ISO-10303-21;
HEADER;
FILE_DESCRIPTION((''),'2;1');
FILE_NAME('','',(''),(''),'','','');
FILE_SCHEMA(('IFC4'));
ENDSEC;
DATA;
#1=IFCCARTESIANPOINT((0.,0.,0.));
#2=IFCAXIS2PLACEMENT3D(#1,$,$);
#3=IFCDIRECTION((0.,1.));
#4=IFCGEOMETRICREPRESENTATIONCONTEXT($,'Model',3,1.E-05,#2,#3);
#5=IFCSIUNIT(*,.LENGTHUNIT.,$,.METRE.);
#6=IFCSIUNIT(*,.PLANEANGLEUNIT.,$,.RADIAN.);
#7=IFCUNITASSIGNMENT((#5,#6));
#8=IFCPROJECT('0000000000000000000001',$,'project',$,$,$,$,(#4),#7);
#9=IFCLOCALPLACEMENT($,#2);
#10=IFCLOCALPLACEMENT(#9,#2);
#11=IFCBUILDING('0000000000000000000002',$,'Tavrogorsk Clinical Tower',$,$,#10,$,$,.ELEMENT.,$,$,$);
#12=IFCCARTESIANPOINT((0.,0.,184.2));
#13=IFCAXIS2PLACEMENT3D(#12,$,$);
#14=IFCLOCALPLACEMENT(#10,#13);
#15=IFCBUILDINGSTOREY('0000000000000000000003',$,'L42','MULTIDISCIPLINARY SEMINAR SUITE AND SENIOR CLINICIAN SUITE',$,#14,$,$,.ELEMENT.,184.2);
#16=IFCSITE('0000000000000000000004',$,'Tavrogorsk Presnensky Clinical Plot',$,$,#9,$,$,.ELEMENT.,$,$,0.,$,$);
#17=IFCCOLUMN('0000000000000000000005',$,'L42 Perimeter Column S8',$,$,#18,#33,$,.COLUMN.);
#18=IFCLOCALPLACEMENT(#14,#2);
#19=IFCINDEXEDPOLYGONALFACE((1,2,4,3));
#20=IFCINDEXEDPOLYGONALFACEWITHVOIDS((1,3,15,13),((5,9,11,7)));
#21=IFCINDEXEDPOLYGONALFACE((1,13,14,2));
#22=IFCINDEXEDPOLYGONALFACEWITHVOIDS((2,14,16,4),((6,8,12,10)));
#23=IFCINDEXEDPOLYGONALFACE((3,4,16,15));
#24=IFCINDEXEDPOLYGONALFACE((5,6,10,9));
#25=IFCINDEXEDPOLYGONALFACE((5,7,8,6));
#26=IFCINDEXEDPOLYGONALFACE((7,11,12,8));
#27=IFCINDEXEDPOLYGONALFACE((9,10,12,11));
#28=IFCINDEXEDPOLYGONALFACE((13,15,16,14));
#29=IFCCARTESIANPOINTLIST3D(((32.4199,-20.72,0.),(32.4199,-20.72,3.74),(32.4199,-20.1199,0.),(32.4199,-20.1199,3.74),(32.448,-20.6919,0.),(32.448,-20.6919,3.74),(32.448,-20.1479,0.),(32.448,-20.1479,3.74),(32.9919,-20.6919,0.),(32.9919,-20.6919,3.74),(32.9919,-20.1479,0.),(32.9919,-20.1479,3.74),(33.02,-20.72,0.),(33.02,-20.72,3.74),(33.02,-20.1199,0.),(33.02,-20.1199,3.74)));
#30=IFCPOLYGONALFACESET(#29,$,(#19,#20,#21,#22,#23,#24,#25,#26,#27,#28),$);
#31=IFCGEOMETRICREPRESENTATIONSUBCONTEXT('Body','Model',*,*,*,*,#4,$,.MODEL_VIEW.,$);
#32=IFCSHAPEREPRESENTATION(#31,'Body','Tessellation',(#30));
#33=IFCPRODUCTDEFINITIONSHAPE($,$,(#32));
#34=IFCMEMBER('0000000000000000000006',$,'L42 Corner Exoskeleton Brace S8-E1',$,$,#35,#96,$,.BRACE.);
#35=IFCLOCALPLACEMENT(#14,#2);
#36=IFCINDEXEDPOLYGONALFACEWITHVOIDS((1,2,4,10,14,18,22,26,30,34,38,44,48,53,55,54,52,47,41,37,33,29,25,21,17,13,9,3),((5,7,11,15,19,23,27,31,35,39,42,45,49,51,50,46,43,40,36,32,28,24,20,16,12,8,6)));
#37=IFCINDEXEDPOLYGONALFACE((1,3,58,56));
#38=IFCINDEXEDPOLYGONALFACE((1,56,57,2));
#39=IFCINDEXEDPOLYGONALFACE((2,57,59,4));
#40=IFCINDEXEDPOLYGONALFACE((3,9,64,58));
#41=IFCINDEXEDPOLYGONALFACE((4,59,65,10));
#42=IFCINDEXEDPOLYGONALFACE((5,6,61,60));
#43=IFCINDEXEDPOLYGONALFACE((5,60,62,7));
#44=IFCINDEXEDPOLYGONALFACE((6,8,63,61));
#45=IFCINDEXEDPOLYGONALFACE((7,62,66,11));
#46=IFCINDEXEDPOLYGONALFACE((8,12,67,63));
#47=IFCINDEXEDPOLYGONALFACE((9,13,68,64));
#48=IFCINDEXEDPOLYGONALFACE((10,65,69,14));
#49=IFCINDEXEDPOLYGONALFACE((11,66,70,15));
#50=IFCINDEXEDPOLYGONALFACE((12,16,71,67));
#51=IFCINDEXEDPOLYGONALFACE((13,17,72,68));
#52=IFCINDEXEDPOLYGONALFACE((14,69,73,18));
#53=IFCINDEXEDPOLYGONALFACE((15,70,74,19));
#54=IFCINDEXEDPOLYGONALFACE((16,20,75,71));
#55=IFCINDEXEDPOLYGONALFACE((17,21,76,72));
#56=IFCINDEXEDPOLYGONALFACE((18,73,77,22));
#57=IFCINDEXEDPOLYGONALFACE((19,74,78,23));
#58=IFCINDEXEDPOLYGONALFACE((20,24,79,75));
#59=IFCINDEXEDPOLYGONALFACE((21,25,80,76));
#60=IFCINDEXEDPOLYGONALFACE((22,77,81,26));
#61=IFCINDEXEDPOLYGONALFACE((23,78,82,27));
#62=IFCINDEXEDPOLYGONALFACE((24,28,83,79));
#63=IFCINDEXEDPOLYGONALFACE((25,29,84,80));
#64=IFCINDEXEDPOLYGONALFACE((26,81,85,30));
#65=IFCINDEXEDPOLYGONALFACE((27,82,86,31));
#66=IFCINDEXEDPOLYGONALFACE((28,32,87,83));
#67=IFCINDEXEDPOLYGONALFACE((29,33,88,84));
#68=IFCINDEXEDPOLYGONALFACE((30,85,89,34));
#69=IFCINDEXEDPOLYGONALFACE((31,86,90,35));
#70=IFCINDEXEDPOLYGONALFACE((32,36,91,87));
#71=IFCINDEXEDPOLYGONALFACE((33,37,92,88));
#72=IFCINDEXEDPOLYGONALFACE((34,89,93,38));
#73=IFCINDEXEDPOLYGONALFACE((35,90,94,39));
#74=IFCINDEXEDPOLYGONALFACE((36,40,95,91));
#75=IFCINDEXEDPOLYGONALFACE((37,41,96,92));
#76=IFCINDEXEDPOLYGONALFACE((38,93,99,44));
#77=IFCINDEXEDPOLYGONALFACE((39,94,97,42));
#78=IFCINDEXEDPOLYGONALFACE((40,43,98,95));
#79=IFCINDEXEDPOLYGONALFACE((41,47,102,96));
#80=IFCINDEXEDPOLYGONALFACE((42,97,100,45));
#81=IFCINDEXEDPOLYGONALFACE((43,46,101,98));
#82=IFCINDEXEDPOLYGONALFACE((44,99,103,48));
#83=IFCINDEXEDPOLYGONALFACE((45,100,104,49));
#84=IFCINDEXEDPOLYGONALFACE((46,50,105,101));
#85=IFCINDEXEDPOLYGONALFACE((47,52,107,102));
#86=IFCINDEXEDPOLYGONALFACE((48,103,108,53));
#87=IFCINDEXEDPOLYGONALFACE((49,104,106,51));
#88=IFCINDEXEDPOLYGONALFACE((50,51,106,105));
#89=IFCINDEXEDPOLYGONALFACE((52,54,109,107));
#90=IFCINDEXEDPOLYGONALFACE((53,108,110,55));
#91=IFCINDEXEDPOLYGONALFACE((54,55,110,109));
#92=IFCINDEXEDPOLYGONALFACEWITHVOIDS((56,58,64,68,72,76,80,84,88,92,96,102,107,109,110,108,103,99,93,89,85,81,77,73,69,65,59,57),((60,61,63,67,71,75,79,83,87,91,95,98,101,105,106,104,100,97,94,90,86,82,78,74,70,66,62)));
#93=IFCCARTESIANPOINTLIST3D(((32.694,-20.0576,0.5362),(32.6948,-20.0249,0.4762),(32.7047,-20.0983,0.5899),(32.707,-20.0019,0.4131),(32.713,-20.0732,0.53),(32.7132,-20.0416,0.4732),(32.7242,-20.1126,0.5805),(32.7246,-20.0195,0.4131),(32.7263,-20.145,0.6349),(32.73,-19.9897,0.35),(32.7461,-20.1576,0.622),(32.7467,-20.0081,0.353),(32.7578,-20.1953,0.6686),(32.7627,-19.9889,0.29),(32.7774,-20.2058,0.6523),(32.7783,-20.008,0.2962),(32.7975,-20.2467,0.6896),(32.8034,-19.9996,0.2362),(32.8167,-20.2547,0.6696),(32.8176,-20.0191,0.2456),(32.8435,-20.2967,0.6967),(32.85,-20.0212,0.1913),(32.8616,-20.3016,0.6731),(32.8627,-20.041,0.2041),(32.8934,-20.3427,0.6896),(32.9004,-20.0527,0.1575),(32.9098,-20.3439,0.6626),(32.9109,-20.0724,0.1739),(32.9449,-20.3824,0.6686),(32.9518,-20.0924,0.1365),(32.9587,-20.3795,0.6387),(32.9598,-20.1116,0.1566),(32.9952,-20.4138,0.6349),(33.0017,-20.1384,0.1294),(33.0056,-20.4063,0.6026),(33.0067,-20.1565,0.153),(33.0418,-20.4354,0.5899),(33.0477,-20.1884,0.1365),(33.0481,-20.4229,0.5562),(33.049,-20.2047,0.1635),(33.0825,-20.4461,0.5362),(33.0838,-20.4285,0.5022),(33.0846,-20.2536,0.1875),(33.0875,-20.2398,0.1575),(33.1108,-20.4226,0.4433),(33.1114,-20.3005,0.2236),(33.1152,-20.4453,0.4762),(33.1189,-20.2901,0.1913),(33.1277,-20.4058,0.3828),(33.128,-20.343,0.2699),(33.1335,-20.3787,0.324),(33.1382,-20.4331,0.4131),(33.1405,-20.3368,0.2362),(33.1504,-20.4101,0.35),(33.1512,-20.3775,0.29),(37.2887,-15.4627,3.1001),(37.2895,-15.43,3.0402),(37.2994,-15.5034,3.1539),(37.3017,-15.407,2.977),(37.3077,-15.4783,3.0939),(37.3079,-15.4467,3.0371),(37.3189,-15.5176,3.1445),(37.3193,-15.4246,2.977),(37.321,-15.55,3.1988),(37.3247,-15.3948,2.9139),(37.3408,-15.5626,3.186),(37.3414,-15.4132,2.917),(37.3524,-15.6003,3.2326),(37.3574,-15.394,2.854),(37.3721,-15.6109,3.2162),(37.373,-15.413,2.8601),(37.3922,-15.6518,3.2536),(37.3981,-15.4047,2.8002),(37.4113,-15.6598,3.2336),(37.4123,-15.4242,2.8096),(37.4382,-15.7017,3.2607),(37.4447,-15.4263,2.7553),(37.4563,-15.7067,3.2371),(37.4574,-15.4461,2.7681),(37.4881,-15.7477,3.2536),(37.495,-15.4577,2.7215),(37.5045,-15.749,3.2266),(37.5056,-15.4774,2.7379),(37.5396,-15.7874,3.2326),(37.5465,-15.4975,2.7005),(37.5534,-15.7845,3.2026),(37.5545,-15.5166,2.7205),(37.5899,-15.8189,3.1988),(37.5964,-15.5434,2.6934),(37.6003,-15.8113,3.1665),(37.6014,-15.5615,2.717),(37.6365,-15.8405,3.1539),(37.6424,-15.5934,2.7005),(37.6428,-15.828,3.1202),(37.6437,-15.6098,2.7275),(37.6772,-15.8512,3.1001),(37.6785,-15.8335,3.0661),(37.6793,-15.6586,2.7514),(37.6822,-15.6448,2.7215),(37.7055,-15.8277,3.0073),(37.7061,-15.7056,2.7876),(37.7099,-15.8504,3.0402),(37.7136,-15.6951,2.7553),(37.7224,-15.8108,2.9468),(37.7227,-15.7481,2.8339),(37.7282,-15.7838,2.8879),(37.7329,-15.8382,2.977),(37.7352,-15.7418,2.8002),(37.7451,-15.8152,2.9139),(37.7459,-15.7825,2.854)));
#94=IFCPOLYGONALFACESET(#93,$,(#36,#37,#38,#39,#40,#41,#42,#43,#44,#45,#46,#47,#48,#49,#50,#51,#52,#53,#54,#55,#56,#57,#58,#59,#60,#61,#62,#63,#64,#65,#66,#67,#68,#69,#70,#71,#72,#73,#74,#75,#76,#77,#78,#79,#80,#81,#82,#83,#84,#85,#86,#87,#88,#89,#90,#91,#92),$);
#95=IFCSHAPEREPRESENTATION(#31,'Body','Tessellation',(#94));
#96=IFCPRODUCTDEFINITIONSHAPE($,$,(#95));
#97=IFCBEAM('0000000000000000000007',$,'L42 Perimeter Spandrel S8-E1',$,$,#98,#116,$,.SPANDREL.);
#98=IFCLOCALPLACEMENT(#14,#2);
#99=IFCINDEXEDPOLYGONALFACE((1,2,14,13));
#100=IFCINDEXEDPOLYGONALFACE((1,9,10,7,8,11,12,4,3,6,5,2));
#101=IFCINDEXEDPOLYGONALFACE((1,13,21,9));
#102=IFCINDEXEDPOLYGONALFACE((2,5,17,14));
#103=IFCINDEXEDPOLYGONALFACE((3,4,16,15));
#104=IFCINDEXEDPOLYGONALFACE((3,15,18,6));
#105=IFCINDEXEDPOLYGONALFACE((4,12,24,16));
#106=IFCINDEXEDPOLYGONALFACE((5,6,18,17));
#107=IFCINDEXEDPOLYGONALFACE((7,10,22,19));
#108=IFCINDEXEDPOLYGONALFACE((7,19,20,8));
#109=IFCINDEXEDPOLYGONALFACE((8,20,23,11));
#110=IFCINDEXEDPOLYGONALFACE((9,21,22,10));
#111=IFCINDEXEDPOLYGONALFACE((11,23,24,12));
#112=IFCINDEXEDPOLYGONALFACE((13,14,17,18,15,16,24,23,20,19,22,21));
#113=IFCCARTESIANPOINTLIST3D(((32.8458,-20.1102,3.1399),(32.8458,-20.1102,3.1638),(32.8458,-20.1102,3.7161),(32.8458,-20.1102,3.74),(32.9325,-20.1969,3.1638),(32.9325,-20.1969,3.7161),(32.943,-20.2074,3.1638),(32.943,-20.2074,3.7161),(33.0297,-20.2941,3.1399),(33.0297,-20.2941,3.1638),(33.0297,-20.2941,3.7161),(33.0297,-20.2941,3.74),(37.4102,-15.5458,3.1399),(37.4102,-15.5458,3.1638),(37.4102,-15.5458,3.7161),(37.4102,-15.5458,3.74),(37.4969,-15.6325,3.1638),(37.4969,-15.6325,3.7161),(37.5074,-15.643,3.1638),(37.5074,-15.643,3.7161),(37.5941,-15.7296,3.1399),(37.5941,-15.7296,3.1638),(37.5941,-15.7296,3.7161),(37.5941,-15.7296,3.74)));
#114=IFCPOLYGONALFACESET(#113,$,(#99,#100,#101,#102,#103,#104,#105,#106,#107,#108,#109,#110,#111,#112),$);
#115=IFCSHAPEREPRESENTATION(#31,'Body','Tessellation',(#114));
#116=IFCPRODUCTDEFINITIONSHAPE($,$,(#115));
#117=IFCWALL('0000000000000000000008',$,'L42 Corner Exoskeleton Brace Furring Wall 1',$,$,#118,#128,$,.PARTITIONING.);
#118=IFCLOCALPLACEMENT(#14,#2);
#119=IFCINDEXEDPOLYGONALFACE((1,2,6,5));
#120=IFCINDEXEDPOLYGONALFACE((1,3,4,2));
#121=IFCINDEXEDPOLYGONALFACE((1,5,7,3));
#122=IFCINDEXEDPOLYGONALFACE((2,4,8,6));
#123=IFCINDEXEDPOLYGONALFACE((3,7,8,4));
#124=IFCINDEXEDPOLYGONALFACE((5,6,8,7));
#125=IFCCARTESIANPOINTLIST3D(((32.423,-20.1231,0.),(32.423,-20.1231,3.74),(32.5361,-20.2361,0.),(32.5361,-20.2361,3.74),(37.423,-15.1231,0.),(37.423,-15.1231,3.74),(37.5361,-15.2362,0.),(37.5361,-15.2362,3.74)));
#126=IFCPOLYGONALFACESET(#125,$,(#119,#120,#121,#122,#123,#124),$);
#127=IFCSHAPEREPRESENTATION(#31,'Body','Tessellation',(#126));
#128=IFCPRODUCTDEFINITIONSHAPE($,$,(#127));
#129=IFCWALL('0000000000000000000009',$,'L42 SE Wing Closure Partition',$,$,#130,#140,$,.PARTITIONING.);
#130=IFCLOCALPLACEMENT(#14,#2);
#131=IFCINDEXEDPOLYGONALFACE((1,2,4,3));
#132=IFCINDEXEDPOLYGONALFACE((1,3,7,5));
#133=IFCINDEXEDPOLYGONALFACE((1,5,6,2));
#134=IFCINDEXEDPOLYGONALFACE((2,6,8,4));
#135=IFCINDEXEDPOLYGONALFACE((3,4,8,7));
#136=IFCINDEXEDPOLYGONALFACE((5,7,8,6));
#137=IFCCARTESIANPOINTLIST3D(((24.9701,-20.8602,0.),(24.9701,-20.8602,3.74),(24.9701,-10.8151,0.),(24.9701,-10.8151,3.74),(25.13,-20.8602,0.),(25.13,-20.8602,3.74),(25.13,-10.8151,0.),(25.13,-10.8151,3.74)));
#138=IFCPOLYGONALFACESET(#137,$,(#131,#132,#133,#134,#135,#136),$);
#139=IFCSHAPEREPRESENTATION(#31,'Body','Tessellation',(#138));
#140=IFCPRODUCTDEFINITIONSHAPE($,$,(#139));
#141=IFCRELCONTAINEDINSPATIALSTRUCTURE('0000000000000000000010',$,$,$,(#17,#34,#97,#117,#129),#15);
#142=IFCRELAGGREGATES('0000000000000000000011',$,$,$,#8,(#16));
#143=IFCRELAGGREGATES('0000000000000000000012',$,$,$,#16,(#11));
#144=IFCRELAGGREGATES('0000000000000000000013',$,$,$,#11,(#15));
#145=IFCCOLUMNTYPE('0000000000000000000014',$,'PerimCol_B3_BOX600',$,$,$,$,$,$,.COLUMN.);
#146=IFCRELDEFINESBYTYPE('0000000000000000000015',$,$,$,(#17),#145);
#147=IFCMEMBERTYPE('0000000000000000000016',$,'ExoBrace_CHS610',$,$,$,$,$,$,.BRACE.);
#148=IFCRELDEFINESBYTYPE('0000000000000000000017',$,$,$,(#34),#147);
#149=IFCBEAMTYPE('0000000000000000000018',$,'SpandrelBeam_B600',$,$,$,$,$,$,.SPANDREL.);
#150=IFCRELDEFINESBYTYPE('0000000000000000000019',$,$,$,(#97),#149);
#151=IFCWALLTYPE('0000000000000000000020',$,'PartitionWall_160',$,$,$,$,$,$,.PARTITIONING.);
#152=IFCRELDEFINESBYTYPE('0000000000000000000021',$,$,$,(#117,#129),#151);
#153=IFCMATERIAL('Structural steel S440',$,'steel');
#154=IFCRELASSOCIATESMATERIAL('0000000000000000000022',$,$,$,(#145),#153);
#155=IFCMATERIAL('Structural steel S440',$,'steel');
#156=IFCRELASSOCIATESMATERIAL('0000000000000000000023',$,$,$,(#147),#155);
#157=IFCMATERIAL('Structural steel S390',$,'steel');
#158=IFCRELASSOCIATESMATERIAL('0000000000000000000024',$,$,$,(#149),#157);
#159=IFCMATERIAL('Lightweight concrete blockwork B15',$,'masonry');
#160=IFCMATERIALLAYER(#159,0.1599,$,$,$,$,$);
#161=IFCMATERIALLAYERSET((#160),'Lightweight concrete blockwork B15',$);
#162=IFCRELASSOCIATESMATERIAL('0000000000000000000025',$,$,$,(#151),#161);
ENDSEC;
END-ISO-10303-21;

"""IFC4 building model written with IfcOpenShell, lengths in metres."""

from ifc_helpers import new_model, si_unit, direction, frame, frame_2d, origin, origin_2d, place, context, subcontext, project, spatial, rectangle, hollow_rectangle, hollow_circle, i_section, extrude, material, layer, layer_set, material_profile, profile_set, type_object, element, save


model = new_model("IFC4")

# Units and contexts
model_context = context("Model", 3, precision=1e-05, world=origin(), true_north=direction((0.0, 1.0)))
body_context = subcontext(model_context, "Body", "Model", "MODEL_VIEW")
ifc_project = project(units=[si_unit("LENGTHUNIT", "METRE"), si_unit("PLANEANGLEUNIT", "RADIAN")], contexts=[model_context])

# Site, building, storey
site_placement = place(None, origin())
site = spatial("IfcSite", under=ifc_project, at=site_placement, Name="Tavrogorsk Presnensky Clinical Plot", CompositionType="ELEMENT", RefElevation=0.0)
building_placement = place(site_placement, origin())
building = spatial("IfcBuilding", under=site, at=building_placement, Name="Tavrogorsk Clinical Tower", CompositionType="ELEMENT")
storey_placement = place(building_placement, frame((0.0, 0.0, 184.2)))
storey = spatial("IfcBuildingStorey", under=building, at=storey_placement, Name="L42", Description="MULTIDISCIPLINARY SEMINAR SUITE AND SENIOR CLINICIAN SUITE", CompositionType="ELEMENT", Elevation=184.2)

# Column
ifc_material_1 = material(Name="Structural steel S440", Category="steel")
ifc_material_profile_1 = material_profile(ifc_material_1, hollow_rectangle(XDim=0.6001, YDim=0.6001, WallThickness=0.0281, at=origin_2d()), Name="BOX-600x600x28")
ifc_profile_set_1 = profile_set([ifc_material_profile_1], Name="Structural steel S440")
column_type = type_object("IfcColumnType", Name="PerimCol_B3_BOX600", PredefinedType="COLUMN", material=ifc_profile_set_1)
column_placement = place(storey_placement, frame((32.72, -20.4199, 0.0), z_axis=(0.0, 0.0, 1.0), x_axis=(1.0, 0.0, 0.0)))
element("IfcColumn", 1, at=column_placement, inside=storey, type_object=column_type, Name="L42 Perimeter Column S8", PredefinedType="COLUMN", context=body_context, shape_type="SweptSolid", body=[
    extrude(hollow_rectangle(XDim=0.6001, YDim=0.6001, WallThickness=0.0281, at=origin_2d()), origin(), (0.0, 0.0, 1.0), 3.74),
])

# Member
ifc_material_2 = material(Name="Structural steel S440", Category="steel")
ifc_material_profile_2 = material_profile(ifc_material_2, hollow_circle(Radius=0.3049, WallThickness=0.0249, at=origin_2d()), Name="CHS-610x25")
ifc_profile_set_2 = profile_set([ifc_material_profile_2], Name="Structural steel S440")
member_type = type_object("IfcMemberType", Name="ExoBrace_CHS610", PredefinedType="BRACE", material=ifc_profile_set_2)
member_placement = place(storey_placement, frame((32.9226, -20.2175, 0.4131), z_axis=(0.657739, 0.657774, 0.367034), x_axis=(-0.707126, 0.707088, 0.0)))
element("IfcMember", 2, at=member_placement, inside=storey, type_object=member_type, Name="L42 Corner Exoskeleton Brace S8-E1", PredefinedType="BRACE", context=body_context, shape_type="SweptSolid", body=[
    extrude(hollow_circle(Radius=0.3049, WallThickness=0.0249, at=origin_2d()), origin(), (0.0, 0.0, 1.0), 6.9856),
])

# Beam
ifc_material_3 = material(Name="Structural steel S390", Category="steel")
ifc_material_profile_3 = material_profile(ifc_material_3, i_section(OverallWidth=0.26, OverallDepth=0.6001, WebThickness=0.0149, FlangeThickness=0.0239, at=origin_2d()), Name="B-600x260x15x24")
ifc_profile_set_3 = profile_set([ifc_material_profile_3], Name="Structural steel S390")
beam_type = type_object("IfcBeamType", Name="SpandrelBeam_B600", PredefinedType="SPANDREL", material=ifc_profile_set_3)
beam_placement = place(storey_placement, frame((32.9377, -20.2021, 3.4399), z_axis=(0.707107, 0.707107, 0.0), x_axis=(-0.707107, 0.707107, 0.0)))
element("IfcBeam", 3, at=beam_placement, inside=storey, type_object=beam_type, Name="L42 Perimeter Spandrel S8-E1", PredefinedType="SPANDREL", context=body_context, shape_type="SweptSolid", body=[
    extrude(i_section(OverallWidth=0.26, OverallDepth=0.6001, WebThickness=0.0149, FlangeThickness=0.0239, at=origin_2d()), origin(), (0.0, 0.0, 1.0), 6.4551),
])

# Walls
ifc_material_4 = material(Name="Lightweight concrete blockwork B15", Category="masonry")
ifc_layer_1 = layer(ifc_material_4, 0.1599)
ifc_layer_set_1 = layer_set([ifc_layer_1], Name="Lightweight concrete blockwork B15")
wall_type_1 = type_object("IfcWallType", Name="PartitionWall_160", PredefinedType="PARTITIONING", material=ifc_layer_set_1)
wall_1_placement = place(storey_placement, frame((32.4795, -20.1797, 0.0), z_axis=(0.0, 0.0, 1.0), x_axis=(0.707107, 0.707107, 0.0)))
element("IfcWall", 4, at=wall_1_placement, inside=storey, type_object=wall_type_1, Name="L42 Corner Exoskeleton Brace Furring Wall 1", PredefinedType="PARTITIONING", context=body_context, shape_type="SweptSolid", body=[
    extrude(rectangle(XDim=7.071, YDim=0.1599, at=frame_2d((3.5356, 0.0))), origin(), (0.0, 0.0, 1.0), 3.74),
])
wall_2_placement = place(storey_placement, frame((25.05, -20.8601, 0.0), z_axis=(0.0, 0.0, 1.0), x_axis=(0.0, 1.0, 0.0)))
element("IfcWall", 5, at=wall_2_placement, inside=storey, type_object=wall_type_1, Name="L42 SE Wing Closure Partition", PredefinedType="PARTITIONING", context=body_context, shape_type="SweptSolid", body=[
    extrude(rectangle(XDim=10.0452, YDim=0.1599, at=frame_2d((5.0225, 0.0))), origin(), (0.0, 0.0, 1.0), 3.74),
])

save(model, "model.ifc")
